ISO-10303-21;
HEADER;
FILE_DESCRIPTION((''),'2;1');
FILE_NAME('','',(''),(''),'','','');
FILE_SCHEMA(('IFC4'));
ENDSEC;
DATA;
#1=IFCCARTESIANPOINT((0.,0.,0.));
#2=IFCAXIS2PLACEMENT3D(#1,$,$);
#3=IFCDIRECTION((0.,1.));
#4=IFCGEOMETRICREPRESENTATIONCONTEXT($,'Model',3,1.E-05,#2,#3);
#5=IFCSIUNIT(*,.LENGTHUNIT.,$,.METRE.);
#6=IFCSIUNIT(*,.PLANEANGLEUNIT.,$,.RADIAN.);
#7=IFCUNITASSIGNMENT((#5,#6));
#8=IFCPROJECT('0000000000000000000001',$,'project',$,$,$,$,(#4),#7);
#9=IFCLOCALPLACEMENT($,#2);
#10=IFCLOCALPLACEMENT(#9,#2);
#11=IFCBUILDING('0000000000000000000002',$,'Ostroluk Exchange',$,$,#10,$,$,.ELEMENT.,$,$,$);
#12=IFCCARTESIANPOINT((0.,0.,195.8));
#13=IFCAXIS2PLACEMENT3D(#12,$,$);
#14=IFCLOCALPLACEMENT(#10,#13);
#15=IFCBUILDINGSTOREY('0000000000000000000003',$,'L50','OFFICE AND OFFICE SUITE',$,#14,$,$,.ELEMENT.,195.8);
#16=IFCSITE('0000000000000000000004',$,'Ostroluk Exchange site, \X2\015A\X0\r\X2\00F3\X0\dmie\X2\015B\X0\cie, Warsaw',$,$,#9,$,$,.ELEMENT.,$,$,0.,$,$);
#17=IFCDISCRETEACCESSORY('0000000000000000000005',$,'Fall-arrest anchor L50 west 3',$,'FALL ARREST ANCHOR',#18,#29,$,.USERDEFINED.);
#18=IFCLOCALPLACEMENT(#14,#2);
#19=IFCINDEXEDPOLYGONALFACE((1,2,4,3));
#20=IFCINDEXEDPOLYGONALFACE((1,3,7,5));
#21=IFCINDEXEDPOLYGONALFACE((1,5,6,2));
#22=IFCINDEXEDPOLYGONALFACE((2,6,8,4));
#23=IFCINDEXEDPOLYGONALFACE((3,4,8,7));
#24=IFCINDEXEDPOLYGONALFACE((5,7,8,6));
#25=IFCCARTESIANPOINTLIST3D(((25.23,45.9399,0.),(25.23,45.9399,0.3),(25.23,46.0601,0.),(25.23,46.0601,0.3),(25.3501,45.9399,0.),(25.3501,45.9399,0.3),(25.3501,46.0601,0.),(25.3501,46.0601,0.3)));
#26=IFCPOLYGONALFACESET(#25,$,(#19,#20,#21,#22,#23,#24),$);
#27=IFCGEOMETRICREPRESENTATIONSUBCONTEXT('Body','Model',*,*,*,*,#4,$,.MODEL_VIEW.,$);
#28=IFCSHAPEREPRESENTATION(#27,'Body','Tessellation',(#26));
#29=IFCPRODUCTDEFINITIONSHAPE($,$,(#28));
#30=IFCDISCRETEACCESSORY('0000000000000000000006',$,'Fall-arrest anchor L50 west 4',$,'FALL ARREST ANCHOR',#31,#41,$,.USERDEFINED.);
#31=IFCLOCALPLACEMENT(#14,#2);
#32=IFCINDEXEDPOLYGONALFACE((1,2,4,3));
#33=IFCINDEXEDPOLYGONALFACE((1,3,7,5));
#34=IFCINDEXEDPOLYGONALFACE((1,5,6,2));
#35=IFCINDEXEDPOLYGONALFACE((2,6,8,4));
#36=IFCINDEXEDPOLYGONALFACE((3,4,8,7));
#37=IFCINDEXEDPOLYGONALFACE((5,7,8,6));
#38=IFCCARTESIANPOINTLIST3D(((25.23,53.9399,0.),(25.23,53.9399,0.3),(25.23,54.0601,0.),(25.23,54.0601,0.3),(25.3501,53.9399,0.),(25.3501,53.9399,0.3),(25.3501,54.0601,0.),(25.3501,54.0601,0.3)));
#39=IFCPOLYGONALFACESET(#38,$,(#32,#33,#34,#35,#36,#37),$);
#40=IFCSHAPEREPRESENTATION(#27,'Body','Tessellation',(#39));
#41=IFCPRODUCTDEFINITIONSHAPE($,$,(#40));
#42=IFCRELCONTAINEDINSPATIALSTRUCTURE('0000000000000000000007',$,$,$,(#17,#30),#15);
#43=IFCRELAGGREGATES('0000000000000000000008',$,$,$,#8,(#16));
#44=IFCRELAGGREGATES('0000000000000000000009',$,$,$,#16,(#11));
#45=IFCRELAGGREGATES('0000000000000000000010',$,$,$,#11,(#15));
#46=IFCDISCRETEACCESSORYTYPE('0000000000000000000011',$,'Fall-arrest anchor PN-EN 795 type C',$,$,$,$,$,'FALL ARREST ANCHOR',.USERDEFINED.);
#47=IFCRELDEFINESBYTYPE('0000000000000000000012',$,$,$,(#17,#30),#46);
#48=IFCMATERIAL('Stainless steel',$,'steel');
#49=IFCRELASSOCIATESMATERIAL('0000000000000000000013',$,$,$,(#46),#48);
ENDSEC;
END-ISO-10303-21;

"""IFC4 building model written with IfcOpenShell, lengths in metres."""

from ifc_helpers import new_model, si_unit, direction, frame, origin, origin_2d, place, context, subcontext, project, spatial, rectangle, extrude, material, type_object, element, save


model = new_model("IFC4")

# Units and contexts
model_context = context("Model", 3, precision=1e-05, world=origin(), true_north=direction((0.0, 1.0)))
body_context = subcontext(model_context, "Body", "Model", "MODEL_VIEW")
ifc_project = project(units=[si_unit("LENGTHUNIT", "METRE"), si_unit("PLANEANGLEUNIT", "RADIAN")], contexts=[model_context])

# Site, building, storey
site_placement = place(None, origin())
site = spatial("IfcSite", under=ifc_project, at=site_placement, Name="Ostroluk Exchange site, Śródmieście, Warsaw", CompositionType="ELEMENT", RefElevation=0.0)
building_placement = place(site_placement, origin())
building = spatial("IfcBuilding", under=site, at=building_placement, Name="Ostroluk Exchange", CompositionType="ELEMENT")
storey_placement = place(building_placement, frame((0.0, 0.0, 195.8)))
storey = spatial("IfcBuildingStorey", under=building, at=storey_placement, Name="L50", Description="OFFICE AND OFFICE SUITE", CompositionType="ELEMENT", Elevation=195.8)

# Discrete accessories
ifc_material_1 = material(Name="Stainless steel", Category="steel")
discrete_accessory_type = type_object("IfcDiscreteAccessoryType", Name="Fall-arrest anchor PN-EN 795 type C", ElementType="FALL ARREST ANCHOR", PredefinedType="USERDEFINED", material=ifc_material_1)
for number, where, z_axis, x_axis, name in (
    (1, (25.29, 46.0, 0.0), (0.0, 0.0, 1.0), (1.0, 0.0, 0.0), "Fall-arrest anchor L50 west 3"),
    (2, (25.29, 54.0, 0.0), (0.0, 0.0, 1.0), (1.0, 0.0, 0.0), "Fall-arrest anchor L50 west 4"),
):
    element("IfcDiscreteAccessory", number, at=place(storey_placement, frame(where, z_axis=z_axis, x_axis=x_axis)), inside=storey, type_object=discrete_accessory_type, Name=name, ObjectType="FALL ARREST ANCHOR", PredefinedType="USERDEFINED", context=body_context, shape_type="SweptSolid", body=[
        extrude(rectangle(XDim=0.1201, YDim=0.1201, at=origin_2d()), origin(), (0.0, 0.0, 1.0), 0.3),
    ])

save(model, "model.ifc")
